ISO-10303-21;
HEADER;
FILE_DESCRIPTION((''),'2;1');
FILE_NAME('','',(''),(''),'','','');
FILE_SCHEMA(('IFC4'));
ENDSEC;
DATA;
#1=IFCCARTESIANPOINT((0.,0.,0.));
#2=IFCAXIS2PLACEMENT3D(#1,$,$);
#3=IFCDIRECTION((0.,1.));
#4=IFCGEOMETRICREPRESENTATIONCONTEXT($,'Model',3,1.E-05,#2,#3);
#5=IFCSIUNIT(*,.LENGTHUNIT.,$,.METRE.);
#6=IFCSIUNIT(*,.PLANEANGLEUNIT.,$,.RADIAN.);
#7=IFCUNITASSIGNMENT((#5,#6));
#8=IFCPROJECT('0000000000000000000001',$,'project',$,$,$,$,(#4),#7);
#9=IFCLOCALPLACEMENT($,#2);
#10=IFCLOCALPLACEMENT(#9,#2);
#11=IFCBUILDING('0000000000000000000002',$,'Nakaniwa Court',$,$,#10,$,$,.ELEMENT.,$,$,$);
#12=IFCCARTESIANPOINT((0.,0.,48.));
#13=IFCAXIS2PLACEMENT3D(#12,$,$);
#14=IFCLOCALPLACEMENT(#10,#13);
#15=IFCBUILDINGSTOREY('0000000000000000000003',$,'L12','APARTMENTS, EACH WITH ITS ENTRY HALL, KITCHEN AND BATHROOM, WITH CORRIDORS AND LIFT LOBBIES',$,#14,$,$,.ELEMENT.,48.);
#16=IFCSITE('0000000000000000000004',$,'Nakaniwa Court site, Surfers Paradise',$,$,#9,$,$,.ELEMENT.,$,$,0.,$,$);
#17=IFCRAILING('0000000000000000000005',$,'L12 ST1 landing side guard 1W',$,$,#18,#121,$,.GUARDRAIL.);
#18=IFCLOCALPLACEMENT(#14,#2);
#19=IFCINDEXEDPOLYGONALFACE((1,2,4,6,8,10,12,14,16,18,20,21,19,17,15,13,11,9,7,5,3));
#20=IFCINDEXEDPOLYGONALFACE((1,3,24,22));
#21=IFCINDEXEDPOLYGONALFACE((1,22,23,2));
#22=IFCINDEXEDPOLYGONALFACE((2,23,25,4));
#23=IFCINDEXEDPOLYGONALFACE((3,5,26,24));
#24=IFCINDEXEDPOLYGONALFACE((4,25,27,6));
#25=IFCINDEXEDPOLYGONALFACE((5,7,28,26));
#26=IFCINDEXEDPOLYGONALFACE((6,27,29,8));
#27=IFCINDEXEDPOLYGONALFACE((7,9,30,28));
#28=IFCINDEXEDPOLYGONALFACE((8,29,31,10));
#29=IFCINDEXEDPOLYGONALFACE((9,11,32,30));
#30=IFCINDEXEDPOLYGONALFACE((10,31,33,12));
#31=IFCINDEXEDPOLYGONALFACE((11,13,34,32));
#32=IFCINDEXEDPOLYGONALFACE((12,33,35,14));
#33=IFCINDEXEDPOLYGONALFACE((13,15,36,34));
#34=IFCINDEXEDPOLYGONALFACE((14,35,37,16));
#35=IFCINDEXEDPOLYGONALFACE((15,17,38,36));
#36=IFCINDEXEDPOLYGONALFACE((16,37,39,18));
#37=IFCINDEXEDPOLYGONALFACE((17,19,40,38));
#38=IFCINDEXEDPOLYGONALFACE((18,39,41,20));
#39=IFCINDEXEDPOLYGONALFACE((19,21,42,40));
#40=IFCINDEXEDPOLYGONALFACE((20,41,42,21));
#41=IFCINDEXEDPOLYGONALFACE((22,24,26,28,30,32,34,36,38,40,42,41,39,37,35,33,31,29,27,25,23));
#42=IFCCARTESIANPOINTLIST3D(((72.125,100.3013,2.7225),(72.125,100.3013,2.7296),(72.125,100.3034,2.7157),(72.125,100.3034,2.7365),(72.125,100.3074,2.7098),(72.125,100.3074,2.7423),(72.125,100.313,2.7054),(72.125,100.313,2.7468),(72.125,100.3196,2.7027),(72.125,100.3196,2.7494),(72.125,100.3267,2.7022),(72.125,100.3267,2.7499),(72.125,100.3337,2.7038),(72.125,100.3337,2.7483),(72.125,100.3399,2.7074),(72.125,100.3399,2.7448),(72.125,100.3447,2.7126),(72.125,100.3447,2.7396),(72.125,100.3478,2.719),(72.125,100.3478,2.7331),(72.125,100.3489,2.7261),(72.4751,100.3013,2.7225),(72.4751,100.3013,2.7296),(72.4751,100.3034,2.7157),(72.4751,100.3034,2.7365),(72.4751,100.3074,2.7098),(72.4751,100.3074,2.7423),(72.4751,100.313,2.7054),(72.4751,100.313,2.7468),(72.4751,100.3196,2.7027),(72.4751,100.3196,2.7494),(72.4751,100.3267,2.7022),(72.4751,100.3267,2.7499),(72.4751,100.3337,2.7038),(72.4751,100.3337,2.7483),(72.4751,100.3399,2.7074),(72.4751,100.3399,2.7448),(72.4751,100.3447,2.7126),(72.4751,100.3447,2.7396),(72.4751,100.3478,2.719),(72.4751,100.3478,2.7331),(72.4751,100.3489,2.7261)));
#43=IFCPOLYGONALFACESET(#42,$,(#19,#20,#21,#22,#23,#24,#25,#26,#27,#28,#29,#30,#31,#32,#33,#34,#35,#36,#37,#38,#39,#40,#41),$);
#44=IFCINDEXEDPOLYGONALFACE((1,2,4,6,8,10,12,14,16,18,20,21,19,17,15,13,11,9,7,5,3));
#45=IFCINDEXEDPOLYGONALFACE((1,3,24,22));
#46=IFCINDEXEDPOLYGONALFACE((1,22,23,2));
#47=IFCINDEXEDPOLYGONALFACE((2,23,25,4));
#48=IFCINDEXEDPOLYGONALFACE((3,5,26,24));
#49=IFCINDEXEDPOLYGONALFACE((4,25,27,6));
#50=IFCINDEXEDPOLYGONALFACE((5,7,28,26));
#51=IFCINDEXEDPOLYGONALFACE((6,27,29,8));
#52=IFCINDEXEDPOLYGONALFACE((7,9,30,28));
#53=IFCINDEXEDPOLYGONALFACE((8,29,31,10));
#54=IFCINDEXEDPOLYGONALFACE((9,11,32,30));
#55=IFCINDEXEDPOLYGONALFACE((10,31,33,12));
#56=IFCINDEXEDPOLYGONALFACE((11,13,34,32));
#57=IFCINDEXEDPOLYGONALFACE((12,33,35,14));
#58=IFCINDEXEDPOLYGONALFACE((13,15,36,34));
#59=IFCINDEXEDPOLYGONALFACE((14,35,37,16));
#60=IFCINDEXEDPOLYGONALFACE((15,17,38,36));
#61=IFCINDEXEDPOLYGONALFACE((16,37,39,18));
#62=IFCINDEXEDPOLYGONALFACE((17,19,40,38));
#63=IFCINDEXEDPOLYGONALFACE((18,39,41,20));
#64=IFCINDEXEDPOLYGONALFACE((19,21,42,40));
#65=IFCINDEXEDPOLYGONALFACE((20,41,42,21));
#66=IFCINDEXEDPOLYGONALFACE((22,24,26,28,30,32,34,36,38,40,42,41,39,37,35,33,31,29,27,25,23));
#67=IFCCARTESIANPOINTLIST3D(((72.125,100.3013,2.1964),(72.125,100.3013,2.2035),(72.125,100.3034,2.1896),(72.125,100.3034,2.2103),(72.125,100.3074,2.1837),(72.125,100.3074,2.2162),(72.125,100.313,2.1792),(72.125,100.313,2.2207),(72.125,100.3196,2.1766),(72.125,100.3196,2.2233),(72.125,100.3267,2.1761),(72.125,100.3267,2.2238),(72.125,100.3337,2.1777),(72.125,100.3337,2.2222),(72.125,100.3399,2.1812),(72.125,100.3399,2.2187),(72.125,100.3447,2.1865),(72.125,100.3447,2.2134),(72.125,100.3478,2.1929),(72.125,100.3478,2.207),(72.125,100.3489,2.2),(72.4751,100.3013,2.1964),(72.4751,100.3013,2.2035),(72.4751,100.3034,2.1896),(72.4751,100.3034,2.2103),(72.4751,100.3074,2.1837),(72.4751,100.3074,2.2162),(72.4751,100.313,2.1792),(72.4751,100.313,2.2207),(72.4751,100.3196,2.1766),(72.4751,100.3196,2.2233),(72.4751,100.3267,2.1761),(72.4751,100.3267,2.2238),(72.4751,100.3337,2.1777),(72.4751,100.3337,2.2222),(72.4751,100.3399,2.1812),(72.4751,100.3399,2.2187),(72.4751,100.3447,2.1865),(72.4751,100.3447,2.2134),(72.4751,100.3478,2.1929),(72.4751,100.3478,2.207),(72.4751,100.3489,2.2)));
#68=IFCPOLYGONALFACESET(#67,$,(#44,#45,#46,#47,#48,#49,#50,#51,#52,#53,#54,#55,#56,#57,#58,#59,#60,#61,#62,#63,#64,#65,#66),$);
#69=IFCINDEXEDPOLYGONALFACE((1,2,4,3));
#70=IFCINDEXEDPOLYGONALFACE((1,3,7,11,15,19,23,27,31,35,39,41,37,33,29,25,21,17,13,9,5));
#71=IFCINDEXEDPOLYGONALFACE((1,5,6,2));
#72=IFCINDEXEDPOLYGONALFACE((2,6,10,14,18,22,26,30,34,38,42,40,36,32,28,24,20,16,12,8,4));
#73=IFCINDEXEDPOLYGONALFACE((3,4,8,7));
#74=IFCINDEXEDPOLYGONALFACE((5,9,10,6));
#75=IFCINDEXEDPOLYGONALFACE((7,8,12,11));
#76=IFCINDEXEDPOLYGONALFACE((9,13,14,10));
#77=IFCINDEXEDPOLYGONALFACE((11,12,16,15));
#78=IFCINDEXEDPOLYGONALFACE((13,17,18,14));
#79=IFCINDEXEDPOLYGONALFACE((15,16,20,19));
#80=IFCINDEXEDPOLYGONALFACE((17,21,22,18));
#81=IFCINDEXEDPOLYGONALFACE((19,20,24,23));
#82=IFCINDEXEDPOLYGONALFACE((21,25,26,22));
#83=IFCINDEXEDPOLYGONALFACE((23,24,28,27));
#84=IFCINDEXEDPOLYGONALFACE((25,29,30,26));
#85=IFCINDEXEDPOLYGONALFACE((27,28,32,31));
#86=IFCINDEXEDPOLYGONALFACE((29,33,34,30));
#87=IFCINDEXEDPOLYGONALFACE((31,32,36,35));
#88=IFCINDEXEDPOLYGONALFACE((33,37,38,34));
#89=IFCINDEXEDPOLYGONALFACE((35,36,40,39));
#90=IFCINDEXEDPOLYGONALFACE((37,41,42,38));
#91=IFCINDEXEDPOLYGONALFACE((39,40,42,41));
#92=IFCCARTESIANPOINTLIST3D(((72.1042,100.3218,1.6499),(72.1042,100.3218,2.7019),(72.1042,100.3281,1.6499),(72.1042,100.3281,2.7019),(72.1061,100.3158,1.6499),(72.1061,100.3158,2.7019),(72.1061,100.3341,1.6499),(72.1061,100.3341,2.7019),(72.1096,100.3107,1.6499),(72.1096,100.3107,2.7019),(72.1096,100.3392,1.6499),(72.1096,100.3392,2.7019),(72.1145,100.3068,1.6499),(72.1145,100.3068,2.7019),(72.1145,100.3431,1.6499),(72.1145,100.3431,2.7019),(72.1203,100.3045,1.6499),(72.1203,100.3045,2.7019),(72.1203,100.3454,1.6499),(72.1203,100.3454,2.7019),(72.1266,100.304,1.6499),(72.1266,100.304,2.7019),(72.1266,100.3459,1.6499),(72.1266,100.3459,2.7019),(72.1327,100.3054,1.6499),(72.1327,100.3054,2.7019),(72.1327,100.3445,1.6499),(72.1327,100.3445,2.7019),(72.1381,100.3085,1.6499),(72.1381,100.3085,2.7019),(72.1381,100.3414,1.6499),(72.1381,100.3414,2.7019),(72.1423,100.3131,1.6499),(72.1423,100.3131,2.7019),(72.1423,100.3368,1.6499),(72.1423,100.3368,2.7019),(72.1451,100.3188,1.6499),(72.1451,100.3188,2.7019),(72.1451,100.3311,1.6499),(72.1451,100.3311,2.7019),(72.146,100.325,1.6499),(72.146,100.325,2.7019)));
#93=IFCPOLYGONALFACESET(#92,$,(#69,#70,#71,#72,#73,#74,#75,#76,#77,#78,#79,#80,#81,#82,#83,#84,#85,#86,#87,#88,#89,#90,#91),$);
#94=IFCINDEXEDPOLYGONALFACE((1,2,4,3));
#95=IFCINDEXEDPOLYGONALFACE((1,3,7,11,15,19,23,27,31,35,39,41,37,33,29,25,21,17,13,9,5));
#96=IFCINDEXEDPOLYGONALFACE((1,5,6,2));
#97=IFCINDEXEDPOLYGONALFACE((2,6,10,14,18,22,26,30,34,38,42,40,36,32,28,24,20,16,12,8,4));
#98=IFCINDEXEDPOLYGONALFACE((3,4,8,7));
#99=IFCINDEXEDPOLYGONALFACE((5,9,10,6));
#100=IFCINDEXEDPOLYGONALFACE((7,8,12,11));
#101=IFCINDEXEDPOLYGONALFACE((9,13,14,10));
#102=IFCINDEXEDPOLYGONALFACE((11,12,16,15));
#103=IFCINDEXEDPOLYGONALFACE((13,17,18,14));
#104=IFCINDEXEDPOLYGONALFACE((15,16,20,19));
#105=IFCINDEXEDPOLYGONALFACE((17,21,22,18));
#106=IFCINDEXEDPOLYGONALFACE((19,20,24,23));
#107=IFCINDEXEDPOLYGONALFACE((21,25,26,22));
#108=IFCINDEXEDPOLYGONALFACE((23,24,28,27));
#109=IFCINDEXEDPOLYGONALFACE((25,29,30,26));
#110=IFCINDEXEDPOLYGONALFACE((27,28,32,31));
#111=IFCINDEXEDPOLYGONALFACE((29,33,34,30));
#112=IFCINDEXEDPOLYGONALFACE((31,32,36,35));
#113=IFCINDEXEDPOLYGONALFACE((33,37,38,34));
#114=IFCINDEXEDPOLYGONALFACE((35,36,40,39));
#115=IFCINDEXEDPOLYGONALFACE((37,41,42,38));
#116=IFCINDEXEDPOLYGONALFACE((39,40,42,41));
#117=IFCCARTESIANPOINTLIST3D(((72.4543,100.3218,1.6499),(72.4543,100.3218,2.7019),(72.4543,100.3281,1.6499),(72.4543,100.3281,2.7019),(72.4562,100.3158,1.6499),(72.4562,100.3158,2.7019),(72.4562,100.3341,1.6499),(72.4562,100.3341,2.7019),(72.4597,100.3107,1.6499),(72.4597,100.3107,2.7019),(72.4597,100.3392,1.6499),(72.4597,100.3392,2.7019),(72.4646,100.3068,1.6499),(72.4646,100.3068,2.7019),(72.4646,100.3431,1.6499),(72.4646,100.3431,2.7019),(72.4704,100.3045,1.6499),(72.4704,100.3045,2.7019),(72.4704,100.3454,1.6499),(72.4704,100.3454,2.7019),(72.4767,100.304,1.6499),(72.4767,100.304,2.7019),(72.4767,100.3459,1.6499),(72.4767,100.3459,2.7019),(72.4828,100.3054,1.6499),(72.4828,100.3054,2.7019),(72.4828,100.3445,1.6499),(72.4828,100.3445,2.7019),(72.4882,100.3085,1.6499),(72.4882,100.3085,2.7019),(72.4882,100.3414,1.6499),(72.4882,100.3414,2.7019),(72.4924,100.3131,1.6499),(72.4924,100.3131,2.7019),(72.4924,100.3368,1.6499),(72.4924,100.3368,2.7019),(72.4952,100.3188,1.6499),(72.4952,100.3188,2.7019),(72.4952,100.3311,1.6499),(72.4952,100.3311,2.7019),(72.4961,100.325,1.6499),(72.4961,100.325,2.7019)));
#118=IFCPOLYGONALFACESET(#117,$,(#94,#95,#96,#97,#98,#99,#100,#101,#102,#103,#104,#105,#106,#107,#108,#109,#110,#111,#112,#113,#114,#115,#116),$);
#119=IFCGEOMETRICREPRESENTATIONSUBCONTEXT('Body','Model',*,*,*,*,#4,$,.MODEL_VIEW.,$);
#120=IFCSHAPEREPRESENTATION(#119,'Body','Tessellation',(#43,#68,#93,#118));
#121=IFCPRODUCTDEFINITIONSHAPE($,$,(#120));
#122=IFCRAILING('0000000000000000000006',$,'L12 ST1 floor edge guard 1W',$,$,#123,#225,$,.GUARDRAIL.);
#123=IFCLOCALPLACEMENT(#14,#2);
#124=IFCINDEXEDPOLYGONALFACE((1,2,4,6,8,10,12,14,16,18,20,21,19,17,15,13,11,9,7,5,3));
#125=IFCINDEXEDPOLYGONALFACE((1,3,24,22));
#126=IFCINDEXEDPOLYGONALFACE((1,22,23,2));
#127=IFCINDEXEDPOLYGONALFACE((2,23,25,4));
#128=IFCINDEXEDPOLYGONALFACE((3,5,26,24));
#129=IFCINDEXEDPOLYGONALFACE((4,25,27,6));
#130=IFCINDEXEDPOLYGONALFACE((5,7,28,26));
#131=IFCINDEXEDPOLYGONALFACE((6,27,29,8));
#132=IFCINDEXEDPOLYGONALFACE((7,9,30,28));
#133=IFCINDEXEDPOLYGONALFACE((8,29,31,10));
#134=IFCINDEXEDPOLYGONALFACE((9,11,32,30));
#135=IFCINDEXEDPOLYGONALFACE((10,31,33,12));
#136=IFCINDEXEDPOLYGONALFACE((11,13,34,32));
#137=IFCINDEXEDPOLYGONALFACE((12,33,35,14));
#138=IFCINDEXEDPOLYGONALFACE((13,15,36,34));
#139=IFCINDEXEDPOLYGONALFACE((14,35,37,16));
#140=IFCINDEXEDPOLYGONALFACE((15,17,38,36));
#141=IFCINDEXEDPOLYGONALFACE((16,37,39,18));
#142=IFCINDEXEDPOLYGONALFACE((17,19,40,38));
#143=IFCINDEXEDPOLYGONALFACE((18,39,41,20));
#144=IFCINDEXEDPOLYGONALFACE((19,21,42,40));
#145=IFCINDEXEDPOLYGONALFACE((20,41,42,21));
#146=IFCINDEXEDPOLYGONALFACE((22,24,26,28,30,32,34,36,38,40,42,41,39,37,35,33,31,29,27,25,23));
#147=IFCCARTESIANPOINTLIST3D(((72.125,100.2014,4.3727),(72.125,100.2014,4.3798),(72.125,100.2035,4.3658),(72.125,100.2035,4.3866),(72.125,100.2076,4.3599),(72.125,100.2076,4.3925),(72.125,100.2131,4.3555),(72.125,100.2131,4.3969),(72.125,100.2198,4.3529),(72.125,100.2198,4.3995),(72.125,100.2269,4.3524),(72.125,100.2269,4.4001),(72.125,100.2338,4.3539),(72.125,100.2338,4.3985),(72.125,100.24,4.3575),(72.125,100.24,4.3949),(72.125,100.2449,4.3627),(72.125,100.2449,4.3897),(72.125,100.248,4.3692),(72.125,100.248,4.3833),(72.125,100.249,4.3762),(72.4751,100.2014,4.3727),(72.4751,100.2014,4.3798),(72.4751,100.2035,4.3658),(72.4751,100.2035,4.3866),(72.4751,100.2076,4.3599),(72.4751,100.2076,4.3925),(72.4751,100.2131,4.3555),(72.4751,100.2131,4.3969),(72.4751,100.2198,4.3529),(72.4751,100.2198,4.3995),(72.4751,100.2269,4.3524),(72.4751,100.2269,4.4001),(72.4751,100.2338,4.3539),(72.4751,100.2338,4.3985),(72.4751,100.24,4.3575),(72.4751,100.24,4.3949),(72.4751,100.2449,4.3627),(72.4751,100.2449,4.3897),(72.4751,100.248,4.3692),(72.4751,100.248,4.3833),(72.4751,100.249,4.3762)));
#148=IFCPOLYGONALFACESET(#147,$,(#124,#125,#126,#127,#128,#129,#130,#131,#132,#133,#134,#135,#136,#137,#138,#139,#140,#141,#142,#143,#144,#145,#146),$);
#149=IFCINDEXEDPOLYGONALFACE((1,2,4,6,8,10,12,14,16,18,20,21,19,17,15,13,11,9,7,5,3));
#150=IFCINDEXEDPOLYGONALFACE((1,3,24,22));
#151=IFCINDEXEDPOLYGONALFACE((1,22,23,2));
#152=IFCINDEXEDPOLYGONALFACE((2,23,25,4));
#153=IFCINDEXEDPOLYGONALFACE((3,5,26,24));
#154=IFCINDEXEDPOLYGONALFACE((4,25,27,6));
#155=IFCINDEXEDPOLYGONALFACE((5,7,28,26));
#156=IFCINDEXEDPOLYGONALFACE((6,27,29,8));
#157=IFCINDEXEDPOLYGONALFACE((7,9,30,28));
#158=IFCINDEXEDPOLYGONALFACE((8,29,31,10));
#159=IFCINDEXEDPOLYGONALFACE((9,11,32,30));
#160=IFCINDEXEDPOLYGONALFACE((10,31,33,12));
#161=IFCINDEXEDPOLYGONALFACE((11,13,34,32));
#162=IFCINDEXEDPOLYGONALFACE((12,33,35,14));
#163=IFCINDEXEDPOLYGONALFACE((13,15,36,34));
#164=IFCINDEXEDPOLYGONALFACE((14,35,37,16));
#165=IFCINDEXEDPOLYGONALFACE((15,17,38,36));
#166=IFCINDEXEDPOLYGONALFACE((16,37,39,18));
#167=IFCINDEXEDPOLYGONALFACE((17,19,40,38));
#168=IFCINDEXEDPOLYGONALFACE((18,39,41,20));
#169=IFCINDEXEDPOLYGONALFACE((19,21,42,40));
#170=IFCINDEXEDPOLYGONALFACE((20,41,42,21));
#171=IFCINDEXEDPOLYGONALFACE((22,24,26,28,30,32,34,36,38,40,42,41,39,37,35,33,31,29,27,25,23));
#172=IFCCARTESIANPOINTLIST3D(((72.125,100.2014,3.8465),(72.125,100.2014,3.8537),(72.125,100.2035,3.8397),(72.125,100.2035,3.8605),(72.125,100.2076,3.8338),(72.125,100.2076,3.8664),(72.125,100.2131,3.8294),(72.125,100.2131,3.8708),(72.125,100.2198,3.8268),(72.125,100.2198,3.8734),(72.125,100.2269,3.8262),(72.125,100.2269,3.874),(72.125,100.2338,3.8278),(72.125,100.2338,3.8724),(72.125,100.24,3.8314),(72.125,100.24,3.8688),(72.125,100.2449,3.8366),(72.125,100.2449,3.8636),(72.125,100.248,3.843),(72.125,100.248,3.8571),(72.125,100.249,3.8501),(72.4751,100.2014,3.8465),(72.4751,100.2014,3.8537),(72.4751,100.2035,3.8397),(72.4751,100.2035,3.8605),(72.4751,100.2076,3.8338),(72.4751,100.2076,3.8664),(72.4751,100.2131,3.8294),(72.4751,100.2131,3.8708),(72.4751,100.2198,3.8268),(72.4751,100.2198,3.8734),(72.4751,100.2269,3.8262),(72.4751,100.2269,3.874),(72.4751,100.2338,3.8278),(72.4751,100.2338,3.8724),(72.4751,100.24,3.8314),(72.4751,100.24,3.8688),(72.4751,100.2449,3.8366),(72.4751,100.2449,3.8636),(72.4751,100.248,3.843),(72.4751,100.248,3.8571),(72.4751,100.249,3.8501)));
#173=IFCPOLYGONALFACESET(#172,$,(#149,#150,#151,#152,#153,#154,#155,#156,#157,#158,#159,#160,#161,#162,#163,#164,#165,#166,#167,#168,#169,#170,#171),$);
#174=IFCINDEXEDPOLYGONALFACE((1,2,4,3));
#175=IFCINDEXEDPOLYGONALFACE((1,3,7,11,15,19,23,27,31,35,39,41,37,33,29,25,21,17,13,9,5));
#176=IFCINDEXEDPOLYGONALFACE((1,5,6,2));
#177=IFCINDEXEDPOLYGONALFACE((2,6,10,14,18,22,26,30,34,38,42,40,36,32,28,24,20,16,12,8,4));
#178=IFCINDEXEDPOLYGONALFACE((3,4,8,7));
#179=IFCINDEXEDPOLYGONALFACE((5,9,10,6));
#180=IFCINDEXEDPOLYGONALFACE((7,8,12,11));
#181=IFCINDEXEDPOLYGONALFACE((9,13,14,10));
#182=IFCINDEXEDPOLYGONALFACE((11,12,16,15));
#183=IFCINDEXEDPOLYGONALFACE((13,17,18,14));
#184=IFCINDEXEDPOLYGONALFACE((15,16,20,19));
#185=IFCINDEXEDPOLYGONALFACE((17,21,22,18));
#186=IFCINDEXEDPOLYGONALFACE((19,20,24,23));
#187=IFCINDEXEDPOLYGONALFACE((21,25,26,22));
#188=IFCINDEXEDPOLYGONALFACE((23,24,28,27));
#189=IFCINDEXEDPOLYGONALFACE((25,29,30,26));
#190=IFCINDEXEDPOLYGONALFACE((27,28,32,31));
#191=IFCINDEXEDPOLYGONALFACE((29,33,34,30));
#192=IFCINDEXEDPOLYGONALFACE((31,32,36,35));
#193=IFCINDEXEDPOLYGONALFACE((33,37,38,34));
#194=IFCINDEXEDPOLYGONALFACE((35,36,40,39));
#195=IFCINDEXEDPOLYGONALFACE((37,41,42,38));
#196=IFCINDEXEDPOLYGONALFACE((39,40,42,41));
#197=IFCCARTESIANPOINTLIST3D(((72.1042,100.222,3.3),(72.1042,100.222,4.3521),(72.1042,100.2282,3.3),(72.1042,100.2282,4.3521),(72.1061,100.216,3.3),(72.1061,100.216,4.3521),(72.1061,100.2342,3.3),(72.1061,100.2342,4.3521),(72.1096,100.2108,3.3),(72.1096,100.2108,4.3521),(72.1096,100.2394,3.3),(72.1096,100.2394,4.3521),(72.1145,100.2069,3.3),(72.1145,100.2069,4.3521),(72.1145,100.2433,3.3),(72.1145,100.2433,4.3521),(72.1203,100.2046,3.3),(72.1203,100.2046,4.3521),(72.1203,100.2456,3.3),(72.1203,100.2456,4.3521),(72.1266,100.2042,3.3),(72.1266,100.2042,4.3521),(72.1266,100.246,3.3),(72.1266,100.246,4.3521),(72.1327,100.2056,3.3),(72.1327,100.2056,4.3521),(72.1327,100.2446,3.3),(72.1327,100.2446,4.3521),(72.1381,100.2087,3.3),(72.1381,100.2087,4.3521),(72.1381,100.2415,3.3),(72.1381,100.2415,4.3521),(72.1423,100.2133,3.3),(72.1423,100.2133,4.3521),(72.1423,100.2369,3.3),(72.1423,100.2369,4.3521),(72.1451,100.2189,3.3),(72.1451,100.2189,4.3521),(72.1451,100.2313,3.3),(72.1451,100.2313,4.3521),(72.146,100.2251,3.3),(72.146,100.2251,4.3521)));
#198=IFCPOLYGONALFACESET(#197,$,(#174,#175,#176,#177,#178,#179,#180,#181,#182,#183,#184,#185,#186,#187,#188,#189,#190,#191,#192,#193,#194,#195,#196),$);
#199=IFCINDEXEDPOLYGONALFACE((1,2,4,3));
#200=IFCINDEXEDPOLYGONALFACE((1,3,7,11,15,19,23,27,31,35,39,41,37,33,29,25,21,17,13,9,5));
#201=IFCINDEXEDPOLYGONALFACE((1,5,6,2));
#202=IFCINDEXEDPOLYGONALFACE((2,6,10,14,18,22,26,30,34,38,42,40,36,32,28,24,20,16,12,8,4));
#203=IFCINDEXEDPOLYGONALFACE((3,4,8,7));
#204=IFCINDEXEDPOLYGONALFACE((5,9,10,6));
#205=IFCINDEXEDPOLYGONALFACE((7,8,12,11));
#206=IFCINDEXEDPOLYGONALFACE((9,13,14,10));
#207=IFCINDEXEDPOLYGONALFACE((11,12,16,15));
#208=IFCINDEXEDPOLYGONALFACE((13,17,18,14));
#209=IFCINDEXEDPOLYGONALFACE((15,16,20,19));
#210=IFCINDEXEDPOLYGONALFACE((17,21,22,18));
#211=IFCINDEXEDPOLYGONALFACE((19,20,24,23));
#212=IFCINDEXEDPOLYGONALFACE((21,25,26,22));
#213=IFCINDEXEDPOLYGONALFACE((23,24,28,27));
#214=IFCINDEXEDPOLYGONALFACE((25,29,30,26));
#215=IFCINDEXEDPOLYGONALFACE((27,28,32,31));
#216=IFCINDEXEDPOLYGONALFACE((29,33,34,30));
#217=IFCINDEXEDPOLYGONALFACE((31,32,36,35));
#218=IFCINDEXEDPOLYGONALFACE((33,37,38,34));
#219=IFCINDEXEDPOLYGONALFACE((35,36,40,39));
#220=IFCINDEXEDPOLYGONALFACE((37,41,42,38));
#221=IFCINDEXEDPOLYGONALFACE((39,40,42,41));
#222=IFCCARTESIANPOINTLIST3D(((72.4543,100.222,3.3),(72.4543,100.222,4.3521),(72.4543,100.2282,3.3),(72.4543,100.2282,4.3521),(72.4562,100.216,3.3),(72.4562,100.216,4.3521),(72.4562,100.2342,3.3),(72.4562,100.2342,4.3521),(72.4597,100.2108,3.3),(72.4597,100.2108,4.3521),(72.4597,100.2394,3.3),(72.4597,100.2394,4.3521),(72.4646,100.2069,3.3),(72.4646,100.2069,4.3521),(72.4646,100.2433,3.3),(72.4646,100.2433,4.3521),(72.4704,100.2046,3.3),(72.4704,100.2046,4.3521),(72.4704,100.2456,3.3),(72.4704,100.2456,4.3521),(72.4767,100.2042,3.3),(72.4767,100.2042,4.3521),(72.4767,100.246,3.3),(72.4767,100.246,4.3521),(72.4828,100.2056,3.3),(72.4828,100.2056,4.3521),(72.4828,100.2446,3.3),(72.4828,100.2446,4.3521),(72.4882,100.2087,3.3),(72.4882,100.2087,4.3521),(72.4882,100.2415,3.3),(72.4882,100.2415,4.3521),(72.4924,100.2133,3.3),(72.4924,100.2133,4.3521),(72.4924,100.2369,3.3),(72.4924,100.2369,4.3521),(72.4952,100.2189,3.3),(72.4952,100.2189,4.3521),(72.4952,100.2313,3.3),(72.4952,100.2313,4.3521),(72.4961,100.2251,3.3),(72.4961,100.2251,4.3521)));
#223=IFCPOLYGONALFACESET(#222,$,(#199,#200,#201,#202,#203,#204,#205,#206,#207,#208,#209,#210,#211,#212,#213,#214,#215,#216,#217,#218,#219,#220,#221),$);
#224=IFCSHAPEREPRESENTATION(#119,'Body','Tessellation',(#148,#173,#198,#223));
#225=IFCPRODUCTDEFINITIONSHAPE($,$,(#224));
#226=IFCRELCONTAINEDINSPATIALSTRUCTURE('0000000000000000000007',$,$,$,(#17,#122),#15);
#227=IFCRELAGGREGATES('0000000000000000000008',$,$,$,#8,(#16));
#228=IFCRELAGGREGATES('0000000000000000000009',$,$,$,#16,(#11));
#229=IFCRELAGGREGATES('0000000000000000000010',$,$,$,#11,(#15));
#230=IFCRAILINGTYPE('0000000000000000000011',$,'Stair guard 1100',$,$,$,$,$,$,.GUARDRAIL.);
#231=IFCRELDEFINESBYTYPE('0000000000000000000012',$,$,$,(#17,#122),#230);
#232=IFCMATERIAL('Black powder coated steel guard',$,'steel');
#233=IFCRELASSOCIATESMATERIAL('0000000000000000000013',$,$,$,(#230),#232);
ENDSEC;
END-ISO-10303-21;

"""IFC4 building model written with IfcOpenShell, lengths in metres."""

from ifc_helpers import new_model, si_unit, direction, frame, origin, origin_2d, place, context, subcontext, project, spatial, circle, extrude, material, type_object, element, save


model = new_model("IFC4")

# Units and contexts
model_context = context("Model", 3, precision=1e-05, world=origin(), true_north=direction((0.0, 1.0)))
body_context = subcontext(model_context, "Body", "Model", "MODEL_VIEW")
ifc_project = project(units=[si_unit("LENGTHUNIT", "METRE"), si_unit("PLANEANGLEUNIT", "RADIAN")], contexts=[model_context])

# Site, building, storey
site_placement = place(None, origin())
site = spatial("IfcSite", under=ifc_project, at=site_placement, Name="Nakaniwa Court site, Surfers Paradise", CompositionType="ELEMENT", RefElevation=0.0)
building_placement = place(site_placement, origin())
building = spatial("IfcBuilding", under=site, at=building_placement, Name="Nakaniwa Court", CompositionType="ELEMENT")
storey_placement = place(building_placement, frame((0.0, 0.0, 48.0)))
storey = spatial("IfcBuildingStorey", under=building, at=storey_placement, Name="L12", Description="APARTMENTS, EACH WITH ITS ENTRY HALL, KITCHEN AND BATHROOM, WITH CORRIDORS AND LIFT LOBBIES", CompositionType="ELEMENT", Elevation=48.0)

# Railings
ifc_material_1 = material(Name="Black powder coated steel guard", Category="steel")
railing_type_1 = type_object("IfcRailingType", Name="Stair guard 1100", PredefinedType="GUARDRAIL", material=ifc_material_1)
for number, where, name in (
    (1, (72.125, 100.325, 1.6499), "L12 ST1 landing side guard 1W"),
    (2, (72.125, 100.2251, 3.3), "L12 ST1 floor edge guard 1W"),
):
    element("IfcRailing", number, at=place(storey_placement, frame(where)), inside=storey, type_object=railing_type_1, Name=name, PredefinedType="GUARDRAIL", context=body_context, shape_type="SweptSolid", body=[
        extrude(circle(Radius=0.0239, at=origin_2d()), frame((0.0, 0.0, 1.0762), z_axis=(1.0, 0.0, 0.0), x_axis=(0.0, 1.0, 0.0)), (0.0, 0.0, 1.0), 0.3501),
        extrude(circle(Radius=0.0239, at=origin_2d()), frame((0.0, 0.0, 0.55), z_axis=(1.0, 0.0, 0.0), x_axis=(0.0, 1.0, 0.0)), (0.0, 0.0, 1.0), 0.3501),
        extrude(circle(Radius=0.021, at=origin_2d()), origin(), (0.0, 0.0, 1.0), 1.052),
        extrude(circle(Radius=0.021, at=origin_2d()), frame((0.3501, 0.0, 0.0)), (0.0, 0.0, 1.0), 1.052),
    ])

save(model, "model.ifc")
